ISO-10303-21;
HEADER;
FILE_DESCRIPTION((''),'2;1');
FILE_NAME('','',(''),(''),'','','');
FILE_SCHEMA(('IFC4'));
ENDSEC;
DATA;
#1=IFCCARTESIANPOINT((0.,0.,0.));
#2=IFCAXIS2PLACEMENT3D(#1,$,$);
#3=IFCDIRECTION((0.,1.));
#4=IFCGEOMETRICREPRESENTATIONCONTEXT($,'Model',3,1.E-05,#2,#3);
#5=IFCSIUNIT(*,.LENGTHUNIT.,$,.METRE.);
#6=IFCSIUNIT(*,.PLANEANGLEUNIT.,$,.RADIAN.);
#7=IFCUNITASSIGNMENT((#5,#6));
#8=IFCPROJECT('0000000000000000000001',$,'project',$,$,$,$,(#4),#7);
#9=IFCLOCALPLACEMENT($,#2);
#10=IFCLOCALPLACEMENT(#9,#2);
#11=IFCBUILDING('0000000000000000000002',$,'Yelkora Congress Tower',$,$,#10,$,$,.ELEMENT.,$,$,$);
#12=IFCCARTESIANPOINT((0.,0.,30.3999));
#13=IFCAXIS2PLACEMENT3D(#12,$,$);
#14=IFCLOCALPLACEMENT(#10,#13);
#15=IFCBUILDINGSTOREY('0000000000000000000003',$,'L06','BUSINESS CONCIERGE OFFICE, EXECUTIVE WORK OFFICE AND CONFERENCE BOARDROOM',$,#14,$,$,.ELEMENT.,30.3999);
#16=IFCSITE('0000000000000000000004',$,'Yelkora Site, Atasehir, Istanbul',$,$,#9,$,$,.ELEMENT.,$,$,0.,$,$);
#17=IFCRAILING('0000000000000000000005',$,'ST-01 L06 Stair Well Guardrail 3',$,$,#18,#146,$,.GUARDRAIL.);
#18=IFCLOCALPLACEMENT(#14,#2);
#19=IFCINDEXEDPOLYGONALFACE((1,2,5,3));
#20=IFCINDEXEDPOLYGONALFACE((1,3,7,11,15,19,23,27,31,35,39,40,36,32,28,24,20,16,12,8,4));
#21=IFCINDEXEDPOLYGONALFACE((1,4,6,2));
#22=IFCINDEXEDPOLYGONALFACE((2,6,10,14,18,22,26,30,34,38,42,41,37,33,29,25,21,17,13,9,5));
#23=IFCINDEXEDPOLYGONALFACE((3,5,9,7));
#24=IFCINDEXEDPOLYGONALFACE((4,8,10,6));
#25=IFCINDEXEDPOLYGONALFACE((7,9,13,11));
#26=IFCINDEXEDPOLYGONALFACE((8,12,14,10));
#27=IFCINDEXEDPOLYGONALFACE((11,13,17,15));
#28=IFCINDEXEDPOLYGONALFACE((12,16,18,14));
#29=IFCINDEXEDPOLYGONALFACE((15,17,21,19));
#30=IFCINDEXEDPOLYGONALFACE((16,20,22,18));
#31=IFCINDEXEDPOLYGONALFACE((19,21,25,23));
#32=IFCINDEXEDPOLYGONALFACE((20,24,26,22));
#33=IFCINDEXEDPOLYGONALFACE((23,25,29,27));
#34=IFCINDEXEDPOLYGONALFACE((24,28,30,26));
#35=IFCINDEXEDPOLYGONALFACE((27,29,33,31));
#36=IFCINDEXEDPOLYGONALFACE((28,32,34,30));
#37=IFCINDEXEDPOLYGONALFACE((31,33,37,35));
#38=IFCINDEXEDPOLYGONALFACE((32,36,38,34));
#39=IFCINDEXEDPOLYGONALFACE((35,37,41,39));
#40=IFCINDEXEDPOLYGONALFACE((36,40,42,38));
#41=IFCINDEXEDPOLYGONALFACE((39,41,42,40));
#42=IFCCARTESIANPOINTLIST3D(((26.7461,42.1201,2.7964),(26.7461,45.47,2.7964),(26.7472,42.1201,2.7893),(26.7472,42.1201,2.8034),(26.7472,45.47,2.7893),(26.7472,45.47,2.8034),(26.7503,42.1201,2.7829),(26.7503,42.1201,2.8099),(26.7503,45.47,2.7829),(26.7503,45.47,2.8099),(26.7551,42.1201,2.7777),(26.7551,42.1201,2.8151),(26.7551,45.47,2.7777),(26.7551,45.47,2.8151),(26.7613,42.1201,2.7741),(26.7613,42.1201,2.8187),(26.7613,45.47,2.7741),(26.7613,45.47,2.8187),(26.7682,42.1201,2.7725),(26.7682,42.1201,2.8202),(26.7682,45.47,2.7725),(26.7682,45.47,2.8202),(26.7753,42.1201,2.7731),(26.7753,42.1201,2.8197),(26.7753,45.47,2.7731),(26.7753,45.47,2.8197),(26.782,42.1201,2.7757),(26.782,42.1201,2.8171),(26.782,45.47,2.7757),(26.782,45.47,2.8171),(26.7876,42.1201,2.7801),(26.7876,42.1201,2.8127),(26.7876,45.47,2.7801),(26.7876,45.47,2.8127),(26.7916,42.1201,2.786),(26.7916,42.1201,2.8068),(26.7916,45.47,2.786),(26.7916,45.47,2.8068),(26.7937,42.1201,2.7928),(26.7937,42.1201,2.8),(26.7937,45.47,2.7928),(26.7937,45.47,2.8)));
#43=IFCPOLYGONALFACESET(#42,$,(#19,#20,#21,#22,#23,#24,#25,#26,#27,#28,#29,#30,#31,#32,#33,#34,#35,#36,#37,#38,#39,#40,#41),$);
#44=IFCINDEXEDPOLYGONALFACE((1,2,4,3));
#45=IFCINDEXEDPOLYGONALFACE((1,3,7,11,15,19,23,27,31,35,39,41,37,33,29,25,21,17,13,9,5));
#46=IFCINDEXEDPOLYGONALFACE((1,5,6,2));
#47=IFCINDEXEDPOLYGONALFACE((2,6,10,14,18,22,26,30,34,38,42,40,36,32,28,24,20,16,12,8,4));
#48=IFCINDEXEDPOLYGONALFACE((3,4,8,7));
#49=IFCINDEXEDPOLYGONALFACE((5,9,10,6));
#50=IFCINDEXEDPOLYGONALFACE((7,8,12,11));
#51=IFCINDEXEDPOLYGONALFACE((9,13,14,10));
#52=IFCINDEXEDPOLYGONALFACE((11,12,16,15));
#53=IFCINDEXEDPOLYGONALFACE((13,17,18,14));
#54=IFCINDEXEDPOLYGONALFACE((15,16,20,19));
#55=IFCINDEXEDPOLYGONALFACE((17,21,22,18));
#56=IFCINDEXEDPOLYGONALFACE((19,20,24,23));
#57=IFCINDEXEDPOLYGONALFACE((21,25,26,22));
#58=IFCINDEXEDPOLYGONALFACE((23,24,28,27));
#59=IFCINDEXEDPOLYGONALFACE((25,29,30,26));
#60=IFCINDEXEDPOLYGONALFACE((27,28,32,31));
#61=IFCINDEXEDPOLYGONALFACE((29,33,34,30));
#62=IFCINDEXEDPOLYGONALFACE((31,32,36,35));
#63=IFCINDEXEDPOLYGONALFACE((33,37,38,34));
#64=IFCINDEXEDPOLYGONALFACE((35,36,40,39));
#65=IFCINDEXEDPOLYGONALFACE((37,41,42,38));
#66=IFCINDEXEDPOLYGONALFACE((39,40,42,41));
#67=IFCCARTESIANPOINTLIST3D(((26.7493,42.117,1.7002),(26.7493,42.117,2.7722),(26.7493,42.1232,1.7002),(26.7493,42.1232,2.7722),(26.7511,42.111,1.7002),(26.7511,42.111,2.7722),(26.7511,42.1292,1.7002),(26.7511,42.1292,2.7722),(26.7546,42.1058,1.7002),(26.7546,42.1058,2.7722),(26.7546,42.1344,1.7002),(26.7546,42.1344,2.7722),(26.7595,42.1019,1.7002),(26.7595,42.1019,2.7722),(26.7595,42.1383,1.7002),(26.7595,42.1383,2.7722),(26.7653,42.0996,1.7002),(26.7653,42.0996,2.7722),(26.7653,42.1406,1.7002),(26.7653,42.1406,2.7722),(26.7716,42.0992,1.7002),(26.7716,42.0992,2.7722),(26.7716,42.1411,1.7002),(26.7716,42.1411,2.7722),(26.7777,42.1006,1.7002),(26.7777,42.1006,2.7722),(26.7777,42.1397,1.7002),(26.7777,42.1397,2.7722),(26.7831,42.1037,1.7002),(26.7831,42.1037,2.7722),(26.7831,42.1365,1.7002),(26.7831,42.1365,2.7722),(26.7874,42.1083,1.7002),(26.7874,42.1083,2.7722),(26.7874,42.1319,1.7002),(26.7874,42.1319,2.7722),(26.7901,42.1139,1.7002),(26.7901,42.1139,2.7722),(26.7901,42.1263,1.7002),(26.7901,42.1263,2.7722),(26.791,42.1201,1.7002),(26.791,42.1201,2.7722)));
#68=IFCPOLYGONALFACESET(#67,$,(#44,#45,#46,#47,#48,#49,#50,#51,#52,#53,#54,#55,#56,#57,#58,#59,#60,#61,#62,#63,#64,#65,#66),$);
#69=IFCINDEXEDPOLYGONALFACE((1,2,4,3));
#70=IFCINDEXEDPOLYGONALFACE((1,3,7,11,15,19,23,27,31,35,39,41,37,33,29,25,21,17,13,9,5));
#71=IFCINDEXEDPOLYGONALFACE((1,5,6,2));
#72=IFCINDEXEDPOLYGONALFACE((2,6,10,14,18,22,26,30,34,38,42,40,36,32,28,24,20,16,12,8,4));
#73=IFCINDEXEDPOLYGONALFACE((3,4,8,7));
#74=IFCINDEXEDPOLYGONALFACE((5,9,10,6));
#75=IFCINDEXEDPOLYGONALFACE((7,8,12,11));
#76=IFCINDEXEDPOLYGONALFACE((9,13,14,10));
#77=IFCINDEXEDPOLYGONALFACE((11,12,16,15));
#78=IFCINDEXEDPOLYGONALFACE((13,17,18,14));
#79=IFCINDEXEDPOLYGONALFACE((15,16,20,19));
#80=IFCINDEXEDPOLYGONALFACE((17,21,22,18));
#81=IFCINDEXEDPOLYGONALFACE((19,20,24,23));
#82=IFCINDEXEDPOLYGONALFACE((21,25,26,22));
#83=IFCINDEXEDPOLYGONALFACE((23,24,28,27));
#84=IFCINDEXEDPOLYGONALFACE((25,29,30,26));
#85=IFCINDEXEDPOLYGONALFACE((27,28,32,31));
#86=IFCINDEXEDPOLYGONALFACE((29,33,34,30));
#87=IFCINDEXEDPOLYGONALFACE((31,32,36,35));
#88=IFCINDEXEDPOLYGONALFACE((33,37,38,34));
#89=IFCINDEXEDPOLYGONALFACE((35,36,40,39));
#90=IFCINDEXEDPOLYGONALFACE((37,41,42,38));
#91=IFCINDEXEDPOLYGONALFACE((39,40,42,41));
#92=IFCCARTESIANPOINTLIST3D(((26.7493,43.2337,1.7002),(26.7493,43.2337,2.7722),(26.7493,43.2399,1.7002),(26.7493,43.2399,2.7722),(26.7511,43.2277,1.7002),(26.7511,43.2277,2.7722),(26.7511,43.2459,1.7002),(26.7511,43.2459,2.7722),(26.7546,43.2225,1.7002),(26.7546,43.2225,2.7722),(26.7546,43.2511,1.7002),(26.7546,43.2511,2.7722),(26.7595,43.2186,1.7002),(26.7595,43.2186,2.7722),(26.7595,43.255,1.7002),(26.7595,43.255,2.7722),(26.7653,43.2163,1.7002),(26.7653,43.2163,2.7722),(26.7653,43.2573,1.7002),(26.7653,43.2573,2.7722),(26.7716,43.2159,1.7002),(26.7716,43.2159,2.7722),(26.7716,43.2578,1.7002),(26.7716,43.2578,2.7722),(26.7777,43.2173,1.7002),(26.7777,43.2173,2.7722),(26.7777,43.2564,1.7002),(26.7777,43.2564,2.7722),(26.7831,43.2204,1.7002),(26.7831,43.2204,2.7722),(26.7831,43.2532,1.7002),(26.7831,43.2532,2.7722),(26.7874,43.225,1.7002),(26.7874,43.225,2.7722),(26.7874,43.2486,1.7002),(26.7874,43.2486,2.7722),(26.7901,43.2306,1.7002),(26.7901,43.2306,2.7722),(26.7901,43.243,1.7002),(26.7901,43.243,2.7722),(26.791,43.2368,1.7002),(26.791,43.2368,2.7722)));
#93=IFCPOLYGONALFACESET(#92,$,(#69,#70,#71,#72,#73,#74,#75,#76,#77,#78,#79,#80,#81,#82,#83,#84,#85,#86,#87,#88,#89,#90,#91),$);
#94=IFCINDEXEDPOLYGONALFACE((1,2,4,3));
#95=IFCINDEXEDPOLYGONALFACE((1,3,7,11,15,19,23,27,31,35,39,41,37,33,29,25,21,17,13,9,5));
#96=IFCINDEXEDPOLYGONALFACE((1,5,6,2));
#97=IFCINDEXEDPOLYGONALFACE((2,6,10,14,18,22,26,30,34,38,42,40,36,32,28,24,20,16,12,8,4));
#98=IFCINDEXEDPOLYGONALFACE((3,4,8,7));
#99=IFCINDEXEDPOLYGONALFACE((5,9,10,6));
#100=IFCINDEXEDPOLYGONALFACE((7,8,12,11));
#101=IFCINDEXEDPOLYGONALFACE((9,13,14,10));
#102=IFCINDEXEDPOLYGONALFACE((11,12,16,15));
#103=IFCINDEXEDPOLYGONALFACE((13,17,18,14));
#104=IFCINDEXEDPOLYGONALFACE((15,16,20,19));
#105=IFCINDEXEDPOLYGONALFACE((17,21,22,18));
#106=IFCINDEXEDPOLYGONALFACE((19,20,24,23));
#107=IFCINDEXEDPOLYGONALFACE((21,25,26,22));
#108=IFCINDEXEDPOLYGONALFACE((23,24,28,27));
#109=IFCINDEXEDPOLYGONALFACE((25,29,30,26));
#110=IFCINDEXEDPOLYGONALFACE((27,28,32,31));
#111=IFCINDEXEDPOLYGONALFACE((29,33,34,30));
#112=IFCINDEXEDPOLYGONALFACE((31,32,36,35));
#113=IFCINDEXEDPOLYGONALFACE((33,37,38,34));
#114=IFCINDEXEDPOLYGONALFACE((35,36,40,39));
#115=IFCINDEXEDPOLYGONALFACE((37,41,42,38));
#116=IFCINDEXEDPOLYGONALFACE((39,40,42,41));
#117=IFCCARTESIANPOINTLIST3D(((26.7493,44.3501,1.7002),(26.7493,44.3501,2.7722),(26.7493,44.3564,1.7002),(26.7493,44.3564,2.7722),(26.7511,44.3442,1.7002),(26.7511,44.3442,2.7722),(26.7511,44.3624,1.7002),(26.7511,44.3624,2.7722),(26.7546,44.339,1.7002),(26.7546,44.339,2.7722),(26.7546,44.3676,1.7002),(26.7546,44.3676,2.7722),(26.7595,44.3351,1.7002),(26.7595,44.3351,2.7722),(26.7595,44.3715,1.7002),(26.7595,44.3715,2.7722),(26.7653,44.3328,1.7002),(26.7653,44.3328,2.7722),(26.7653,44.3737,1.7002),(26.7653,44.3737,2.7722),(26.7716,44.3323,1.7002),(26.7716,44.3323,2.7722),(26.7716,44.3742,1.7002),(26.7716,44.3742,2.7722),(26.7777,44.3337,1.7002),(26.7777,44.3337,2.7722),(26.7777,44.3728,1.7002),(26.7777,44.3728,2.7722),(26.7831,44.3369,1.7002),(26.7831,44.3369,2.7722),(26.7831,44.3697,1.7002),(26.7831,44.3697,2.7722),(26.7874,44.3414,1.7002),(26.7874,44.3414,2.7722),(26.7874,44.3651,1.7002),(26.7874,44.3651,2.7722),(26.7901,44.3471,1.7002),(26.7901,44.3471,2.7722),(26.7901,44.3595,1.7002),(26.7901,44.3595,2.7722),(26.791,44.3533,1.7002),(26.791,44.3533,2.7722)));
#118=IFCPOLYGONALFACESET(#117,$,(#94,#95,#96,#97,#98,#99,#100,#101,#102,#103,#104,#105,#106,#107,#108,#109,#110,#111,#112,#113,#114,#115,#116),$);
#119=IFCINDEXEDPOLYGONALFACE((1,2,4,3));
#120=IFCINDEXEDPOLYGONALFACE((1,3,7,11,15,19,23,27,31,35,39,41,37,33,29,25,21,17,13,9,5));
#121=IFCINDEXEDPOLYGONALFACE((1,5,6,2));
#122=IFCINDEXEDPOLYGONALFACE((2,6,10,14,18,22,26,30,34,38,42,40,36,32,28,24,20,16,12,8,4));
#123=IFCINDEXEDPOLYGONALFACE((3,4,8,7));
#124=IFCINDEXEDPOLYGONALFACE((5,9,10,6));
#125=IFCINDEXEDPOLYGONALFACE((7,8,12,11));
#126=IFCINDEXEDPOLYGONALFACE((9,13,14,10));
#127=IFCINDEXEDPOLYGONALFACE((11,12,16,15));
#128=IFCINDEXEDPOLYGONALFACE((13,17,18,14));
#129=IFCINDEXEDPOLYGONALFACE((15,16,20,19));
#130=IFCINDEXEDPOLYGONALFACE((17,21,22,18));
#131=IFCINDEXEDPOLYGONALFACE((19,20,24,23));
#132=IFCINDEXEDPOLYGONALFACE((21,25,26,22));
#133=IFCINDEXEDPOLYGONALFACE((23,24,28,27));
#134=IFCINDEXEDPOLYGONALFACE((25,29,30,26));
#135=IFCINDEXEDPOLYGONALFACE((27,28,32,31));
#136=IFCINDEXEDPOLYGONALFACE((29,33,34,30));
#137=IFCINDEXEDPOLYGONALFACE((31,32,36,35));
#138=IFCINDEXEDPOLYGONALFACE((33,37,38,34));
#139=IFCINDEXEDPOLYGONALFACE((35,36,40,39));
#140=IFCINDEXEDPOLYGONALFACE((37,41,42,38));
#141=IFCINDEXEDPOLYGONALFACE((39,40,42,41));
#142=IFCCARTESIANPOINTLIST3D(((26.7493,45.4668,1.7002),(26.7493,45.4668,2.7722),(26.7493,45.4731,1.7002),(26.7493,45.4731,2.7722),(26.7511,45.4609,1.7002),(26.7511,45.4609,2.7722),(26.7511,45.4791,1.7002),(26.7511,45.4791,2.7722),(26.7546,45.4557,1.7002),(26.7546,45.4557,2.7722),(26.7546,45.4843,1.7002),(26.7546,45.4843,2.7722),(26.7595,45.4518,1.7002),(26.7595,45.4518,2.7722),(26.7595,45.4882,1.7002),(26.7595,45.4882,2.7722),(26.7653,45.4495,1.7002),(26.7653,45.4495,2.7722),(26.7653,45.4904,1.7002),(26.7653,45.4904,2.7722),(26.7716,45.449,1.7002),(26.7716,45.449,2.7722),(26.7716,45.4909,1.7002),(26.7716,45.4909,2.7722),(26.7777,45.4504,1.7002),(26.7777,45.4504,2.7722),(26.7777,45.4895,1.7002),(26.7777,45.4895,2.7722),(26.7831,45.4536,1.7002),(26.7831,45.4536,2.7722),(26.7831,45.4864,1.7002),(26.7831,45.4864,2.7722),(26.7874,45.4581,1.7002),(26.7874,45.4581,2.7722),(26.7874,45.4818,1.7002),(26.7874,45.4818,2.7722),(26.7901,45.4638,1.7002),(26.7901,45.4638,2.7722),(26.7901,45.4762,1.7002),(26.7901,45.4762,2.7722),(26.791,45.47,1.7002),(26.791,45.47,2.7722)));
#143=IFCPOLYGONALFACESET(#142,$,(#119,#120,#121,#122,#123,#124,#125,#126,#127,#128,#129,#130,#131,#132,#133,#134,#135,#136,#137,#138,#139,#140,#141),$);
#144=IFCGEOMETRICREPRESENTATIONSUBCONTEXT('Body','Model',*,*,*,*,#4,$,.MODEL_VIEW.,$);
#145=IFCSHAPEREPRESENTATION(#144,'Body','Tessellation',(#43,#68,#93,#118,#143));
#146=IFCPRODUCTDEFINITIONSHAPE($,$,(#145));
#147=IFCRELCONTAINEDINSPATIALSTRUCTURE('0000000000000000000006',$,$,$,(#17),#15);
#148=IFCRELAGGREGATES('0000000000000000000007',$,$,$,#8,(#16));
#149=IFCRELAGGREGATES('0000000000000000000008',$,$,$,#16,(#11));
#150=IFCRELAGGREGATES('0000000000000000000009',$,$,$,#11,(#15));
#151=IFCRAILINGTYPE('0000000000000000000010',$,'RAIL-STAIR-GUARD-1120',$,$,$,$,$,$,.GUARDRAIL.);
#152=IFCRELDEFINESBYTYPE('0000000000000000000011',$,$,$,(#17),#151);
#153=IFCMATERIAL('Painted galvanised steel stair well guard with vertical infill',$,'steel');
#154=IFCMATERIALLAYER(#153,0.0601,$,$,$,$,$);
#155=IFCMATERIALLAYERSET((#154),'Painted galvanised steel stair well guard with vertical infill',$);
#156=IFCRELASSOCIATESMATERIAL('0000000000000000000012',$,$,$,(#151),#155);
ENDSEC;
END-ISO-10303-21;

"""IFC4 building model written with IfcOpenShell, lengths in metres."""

from ifc_helpers import new_model, si_unit, direction, frame, origin, origin_2d, place, context, subcontext, project, spatial, circle, extrude, material, layer, layer_set, type_object, element, save


model = new_model("IFC4")

# Units and contexts
model_context = context("Model", 3, precision=1e-05, world=origin(), true_north=direction((0.0, 1.0)))
body_context = subcontext(model_context, "Body", "Model", "MODEL_VIEW")
ifc_project = project(units=[si_unit("LENGTHUNIT", "METRE"), si_unit("PLANEANGLEUNIT", "RADIAN")], contexts=[model_context])

# Site, building, storey
site_placement = place(None, origin())
site = spatial("IfcSite", under=ifc_project, at=site_placement, Name="Yelkora Site, Atasehir, Istanbul", CompositionType="ELEMENT", RefElevation=0.0)
building_placement = place(site_placement, origin())
building = spatial("IfcBuilding", under=site, at=building_placement, Name="Yelkora Congress Tower", CompositionType="ELEMENT")
storey_placement = place(building_placement, frame((0.0, 0.0, 30.3999)))
storey = spatial("IfcBuildingStorey", under=building, at=storey_placement, Name="L06", Description="BUSINESS CONCIERGE OFFICE, EXECUTIVE WORK OFFICE AND CONFERENCE BOARDROOM", CompositionType="ELEMENT", Elevation=30.3999)

# Railing
ifc_material_1 = material(Name="Painted galvanised steel stair well guard with vertical infill", Category="steel")
ifc_layer_1 = layer(ifc_material_1, 0.0601)
ifc_layer_set_1 = layer_set([ifc_layer_1], Name="Painted galvanised steel stair well guard with vertical infill")
railing_type = type_object("IfcRailingType", Name="RAIL-STAIR-GUARD-1120", PredefinedType="GUARDRAIL", material=ifc_layer_set_1)
railing_1_placement = place(storey_placement, frame((26.77, 42.1201, 1.7002)))
element("IfcRailing", 1, at=railing_1_placement, inside=storey, type_object=railing_type, Name="ST-01 L06 Stair Well Guardrail 3", PredefinedType="GUARDRAIL", context=body_context, shape_type="SweptSolid", body=[
    extrude(circle(Radius=0.0239, at=origin_2d()), frame((0.0, 0.0, 1.0962), z_axis=(0.0, 1.0, 0.0), x_axis=(-1.0, 0.0, 0.0)), (0.0, 0.0, 1.0), 3.3499),
    extrude(circle(Radius=0.021, at=origin_2d()), origin(), (0.0, 0.0, 1.0), 1.072),
    extrude(circle(Radius=0.021, at=origin_2d()), frame((0.0, 1.1167, 0.0)), (0.0, 0.0, 1.0), 1.072),
    extrude(circle(Radius=0.021, at=origin_2d()), frame((0.0, 2.2332, 0.0)), (0.0, 0.0, 1.0), 1.072),
    extrude(circle(Radius=0.021, at=origin_2d()), frame((0.0, 3.3499, 0.0)), (0.0, 0.0, 1.0), 1.072),
])

save(model, "model.ifc")
